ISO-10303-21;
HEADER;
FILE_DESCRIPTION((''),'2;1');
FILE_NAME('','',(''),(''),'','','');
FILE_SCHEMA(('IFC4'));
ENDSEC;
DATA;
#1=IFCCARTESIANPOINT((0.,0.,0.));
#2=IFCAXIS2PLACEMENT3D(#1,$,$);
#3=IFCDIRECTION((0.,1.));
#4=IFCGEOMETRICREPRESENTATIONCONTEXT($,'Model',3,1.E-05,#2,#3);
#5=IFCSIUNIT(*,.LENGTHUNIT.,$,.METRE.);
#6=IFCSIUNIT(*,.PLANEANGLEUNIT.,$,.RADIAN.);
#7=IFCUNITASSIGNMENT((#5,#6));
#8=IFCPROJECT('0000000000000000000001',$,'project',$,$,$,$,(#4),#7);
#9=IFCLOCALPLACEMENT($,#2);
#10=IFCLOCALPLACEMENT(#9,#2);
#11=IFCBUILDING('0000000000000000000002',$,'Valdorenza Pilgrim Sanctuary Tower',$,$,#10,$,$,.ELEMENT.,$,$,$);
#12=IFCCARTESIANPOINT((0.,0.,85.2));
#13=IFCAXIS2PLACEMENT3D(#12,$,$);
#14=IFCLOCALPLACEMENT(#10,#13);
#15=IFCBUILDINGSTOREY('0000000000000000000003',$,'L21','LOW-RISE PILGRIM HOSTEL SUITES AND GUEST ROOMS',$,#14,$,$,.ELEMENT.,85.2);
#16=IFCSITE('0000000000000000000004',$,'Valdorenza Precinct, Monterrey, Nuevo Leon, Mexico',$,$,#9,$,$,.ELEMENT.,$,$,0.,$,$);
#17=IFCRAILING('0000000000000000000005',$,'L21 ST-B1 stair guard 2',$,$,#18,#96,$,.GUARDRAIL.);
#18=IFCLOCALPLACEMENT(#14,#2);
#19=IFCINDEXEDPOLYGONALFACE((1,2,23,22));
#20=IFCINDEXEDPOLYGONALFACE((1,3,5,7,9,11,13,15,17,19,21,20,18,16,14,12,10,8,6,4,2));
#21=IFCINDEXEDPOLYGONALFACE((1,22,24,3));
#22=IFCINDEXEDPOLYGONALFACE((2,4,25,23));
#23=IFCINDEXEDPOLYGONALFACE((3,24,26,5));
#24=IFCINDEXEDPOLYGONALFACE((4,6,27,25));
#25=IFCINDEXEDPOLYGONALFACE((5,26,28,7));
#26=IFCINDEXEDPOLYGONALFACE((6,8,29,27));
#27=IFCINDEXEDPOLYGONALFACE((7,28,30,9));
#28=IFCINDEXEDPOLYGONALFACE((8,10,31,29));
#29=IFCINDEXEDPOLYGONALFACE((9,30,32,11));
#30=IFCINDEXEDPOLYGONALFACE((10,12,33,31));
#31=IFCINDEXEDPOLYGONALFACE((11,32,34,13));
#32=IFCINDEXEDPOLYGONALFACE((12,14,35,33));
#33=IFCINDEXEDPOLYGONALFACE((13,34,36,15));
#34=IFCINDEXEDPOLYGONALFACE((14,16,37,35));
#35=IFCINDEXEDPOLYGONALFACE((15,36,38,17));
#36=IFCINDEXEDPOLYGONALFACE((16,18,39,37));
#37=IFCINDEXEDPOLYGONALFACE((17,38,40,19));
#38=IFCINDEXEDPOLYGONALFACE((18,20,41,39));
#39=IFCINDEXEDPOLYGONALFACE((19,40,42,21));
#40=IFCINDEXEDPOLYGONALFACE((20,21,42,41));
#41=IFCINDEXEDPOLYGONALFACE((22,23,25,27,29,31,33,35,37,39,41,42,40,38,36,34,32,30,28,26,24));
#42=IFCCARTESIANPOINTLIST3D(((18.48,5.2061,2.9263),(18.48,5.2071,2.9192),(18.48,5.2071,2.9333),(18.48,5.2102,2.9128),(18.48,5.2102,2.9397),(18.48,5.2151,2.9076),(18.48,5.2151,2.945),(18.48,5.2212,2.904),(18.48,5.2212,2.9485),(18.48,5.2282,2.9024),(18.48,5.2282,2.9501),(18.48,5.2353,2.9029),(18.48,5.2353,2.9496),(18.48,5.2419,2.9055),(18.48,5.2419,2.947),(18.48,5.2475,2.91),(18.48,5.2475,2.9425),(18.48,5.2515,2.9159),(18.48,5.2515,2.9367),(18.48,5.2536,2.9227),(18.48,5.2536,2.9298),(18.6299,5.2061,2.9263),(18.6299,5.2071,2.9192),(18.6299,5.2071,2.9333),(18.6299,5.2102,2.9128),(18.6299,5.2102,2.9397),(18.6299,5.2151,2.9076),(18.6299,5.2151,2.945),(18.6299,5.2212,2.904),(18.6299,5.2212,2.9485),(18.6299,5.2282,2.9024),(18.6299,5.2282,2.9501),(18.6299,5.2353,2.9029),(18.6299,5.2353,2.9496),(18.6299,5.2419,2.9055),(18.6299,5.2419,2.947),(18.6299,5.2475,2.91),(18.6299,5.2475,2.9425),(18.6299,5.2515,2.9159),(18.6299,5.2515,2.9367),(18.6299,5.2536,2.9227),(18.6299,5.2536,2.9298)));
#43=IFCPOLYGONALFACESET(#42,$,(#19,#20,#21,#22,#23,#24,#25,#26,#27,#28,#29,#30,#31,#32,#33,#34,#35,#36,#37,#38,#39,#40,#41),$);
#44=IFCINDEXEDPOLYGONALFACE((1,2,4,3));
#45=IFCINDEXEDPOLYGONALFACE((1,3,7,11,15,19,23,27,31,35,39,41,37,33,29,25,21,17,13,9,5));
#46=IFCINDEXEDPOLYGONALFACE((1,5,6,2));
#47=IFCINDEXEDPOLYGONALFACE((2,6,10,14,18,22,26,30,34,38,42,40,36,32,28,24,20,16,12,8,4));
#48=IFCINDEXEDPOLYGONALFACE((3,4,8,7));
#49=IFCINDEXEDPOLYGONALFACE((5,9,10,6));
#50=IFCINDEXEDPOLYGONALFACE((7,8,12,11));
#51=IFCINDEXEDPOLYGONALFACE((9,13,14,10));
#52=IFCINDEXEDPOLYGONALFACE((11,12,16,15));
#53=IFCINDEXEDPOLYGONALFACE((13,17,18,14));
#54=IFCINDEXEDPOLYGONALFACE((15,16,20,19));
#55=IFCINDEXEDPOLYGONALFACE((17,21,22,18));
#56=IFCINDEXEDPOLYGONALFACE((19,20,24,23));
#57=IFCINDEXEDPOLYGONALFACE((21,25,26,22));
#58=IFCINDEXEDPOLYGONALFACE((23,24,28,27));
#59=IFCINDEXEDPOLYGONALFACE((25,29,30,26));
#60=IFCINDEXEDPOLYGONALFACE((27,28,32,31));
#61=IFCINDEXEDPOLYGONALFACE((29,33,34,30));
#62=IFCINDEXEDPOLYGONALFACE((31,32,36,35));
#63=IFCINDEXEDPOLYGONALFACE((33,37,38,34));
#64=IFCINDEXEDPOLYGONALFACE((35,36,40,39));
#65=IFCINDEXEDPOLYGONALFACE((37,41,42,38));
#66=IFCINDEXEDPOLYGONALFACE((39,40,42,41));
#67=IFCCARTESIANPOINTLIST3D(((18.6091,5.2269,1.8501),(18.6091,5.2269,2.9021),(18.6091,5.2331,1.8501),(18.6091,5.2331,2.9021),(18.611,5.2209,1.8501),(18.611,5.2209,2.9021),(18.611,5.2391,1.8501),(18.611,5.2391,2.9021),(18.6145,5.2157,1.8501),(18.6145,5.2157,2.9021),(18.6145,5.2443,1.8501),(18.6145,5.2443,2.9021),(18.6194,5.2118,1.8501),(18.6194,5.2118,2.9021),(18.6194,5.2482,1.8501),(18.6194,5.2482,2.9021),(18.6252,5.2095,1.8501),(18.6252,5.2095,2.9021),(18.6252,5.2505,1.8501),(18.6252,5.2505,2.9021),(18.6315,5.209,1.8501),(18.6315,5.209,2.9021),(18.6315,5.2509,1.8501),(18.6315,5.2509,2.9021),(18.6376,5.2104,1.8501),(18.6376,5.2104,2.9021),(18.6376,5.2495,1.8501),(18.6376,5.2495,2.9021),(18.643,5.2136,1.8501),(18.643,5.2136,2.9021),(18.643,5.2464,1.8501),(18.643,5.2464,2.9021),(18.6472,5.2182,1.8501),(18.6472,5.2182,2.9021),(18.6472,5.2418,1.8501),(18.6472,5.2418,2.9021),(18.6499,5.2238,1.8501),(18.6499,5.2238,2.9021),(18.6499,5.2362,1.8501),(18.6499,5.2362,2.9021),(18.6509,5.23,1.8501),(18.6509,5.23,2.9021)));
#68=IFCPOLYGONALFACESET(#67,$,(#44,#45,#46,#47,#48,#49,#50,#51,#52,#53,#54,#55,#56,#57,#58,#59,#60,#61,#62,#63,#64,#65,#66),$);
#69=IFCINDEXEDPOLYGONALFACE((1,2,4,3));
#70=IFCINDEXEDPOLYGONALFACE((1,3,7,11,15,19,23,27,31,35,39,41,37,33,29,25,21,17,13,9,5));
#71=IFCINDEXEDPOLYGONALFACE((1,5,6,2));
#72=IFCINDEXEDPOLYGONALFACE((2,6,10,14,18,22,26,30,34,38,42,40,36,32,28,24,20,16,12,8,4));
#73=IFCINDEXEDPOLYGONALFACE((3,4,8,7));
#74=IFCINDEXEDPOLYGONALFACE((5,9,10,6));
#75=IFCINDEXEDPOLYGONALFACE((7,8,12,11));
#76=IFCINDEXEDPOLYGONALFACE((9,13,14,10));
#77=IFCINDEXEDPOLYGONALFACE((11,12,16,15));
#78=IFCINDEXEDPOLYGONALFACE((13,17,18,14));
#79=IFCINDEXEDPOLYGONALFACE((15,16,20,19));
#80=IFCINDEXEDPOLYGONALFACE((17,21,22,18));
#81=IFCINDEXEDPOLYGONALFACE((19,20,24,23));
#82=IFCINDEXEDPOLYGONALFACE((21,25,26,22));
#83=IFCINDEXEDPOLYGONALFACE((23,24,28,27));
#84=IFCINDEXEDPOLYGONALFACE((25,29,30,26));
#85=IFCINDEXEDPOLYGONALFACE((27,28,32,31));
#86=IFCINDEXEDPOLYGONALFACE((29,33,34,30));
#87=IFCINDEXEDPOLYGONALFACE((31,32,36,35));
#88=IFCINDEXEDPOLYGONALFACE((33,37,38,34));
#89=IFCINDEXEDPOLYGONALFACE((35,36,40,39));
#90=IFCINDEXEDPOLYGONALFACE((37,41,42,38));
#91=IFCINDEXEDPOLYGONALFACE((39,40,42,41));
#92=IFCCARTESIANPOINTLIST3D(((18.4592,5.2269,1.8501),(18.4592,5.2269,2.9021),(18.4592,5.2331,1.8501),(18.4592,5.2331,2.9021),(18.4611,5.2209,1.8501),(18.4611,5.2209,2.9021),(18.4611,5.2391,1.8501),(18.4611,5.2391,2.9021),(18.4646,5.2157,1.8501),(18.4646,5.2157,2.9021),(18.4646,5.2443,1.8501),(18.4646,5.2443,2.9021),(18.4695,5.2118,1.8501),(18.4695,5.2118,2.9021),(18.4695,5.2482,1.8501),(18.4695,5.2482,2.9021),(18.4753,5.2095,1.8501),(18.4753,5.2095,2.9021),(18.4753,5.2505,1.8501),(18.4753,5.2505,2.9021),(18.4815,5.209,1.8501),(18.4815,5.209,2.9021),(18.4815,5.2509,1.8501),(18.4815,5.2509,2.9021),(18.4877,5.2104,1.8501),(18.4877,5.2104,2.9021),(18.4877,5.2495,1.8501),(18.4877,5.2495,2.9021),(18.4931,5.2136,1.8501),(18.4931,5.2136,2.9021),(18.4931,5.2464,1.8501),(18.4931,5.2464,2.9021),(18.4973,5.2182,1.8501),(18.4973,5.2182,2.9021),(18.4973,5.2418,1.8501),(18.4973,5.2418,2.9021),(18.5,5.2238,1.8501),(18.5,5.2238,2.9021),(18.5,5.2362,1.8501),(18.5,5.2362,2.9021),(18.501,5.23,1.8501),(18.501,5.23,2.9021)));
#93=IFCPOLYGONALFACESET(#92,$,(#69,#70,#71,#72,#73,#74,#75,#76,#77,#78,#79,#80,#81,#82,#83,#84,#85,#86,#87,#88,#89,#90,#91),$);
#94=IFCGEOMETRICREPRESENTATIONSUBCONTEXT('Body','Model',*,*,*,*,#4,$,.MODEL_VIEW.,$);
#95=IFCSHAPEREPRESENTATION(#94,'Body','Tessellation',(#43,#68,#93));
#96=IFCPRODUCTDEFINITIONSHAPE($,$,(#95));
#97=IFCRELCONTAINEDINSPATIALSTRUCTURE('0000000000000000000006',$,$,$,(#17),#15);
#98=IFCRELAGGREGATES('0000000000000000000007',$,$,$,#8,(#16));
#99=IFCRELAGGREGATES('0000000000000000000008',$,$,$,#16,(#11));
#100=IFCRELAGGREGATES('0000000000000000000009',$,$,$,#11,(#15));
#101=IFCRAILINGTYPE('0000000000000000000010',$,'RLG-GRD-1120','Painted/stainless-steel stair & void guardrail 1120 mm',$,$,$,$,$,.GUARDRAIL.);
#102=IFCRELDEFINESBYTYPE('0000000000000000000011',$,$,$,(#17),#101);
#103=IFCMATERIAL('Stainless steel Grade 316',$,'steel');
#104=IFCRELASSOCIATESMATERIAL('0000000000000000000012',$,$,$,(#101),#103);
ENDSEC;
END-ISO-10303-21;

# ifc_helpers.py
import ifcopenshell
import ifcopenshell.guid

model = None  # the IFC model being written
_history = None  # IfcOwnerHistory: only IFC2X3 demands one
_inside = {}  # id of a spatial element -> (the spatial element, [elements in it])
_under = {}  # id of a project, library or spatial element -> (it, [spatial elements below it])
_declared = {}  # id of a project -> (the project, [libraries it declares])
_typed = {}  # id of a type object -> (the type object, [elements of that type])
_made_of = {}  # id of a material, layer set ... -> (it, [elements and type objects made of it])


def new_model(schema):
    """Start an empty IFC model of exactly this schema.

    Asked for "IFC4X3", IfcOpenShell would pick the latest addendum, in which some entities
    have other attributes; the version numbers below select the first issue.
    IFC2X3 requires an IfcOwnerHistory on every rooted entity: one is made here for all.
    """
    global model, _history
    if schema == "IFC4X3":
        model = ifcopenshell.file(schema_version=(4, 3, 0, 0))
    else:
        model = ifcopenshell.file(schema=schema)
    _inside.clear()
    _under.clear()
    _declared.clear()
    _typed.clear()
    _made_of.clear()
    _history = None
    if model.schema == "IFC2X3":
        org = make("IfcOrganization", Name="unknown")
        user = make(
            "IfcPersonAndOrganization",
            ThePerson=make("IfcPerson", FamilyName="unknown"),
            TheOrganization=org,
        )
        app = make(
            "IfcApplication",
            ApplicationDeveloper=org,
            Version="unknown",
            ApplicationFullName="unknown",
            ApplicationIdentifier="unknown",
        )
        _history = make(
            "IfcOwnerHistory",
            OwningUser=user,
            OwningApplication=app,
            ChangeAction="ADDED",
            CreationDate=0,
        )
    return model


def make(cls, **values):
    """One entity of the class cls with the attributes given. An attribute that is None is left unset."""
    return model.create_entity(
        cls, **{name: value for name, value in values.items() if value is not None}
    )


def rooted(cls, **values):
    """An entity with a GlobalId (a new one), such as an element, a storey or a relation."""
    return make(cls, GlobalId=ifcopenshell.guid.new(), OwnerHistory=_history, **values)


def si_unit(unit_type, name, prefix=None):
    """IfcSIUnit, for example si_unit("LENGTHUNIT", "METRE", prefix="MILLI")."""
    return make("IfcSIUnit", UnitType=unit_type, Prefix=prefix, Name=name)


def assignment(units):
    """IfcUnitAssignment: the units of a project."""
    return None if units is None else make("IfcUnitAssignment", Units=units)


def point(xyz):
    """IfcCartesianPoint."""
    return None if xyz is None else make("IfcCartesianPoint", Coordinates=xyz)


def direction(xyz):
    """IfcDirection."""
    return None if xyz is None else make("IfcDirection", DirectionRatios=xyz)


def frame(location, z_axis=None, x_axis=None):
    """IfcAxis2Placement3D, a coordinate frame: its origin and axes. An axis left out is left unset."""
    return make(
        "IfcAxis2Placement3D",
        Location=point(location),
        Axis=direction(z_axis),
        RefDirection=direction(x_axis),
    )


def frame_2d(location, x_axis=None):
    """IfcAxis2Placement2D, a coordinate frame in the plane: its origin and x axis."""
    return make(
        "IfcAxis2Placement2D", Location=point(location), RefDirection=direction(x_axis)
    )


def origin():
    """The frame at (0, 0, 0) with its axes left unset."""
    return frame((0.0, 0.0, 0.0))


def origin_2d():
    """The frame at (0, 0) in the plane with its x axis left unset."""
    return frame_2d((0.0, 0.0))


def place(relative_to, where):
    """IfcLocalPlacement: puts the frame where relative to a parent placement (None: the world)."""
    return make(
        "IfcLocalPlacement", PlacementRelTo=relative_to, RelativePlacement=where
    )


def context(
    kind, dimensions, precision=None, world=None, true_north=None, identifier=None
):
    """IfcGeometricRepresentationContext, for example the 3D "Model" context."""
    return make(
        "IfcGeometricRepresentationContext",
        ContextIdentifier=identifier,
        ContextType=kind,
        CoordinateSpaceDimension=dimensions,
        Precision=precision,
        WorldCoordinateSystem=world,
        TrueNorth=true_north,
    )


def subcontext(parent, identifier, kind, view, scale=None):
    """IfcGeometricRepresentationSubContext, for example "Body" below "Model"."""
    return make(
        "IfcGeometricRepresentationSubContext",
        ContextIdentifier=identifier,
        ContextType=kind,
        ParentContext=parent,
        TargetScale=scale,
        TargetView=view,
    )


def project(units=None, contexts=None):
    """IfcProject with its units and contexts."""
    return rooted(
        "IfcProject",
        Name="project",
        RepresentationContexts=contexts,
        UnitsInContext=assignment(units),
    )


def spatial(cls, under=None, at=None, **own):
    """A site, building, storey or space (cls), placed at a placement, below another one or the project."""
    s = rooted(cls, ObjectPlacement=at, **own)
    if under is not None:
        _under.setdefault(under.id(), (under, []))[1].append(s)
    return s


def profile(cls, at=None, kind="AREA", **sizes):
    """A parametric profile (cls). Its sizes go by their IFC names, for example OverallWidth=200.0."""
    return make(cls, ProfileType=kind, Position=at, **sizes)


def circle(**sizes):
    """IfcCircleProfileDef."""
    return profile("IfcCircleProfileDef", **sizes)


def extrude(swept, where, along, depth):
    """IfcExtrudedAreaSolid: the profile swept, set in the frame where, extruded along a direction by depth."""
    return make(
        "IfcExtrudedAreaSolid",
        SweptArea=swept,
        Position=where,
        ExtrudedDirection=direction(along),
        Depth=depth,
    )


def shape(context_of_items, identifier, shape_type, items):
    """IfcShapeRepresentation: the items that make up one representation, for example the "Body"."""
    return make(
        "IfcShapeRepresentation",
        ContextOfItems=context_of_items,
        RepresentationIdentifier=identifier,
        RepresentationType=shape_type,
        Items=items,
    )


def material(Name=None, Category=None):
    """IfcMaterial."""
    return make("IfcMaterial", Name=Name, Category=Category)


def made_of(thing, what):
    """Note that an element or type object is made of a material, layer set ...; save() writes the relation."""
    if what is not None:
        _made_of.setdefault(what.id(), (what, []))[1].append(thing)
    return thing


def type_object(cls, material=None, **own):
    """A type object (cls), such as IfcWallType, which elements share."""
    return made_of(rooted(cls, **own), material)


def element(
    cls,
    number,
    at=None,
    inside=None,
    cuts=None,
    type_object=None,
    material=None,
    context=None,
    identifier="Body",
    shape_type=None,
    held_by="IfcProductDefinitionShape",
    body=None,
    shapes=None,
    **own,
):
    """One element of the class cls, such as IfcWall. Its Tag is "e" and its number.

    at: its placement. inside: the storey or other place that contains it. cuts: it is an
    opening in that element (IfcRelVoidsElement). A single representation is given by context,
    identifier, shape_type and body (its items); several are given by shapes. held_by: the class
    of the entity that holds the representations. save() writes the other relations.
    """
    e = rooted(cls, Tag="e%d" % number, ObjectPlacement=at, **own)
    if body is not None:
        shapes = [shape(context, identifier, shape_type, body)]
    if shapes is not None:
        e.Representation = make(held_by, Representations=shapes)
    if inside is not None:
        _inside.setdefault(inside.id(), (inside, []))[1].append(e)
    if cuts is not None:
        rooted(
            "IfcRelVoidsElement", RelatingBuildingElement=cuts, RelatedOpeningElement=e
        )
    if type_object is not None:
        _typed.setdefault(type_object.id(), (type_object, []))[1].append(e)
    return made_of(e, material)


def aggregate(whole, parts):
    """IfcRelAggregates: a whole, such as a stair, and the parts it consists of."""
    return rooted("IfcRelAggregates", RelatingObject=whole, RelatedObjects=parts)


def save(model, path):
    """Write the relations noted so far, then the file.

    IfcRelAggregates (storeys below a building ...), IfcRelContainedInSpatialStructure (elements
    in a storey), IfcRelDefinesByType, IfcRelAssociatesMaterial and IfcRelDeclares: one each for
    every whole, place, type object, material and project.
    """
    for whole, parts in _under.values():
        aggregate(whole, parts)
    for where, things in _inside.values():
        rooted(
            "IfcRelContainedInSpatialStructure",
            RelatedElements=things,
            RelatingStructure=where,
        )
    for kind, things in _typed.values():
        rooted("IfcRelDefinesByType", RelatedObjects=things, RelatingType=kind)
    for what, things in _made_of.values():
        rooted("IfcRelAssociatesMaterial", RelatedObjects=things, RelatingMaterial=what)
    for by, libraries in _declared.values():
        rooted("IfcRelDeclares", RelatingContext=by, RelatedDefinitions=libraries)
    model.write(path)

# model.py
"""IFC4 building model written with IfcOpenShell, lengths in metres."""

from ifc_helpers import new_model, si_unit, direction, frame, origin, origin_2d, place, context, subcontext, project, spatial, circle, extrude, material, type_object, element, save


model = new_model("IFC4")

# Units and contexts
model_context = context("Model", 3, precision=1e-05, world=origin(), true_north=direction((0.0, 1.0)))
body_context = subcontext(model_context, "Body", "Model", "MODEL_VIEW")
ifc_project = project(units=[si_unit("LENGTHUNIT", "METRE"), si_unit("PLANEANGLEUNIT", "RADIAN")], contexts=[model_context])

# Site, building, storey
site_placement = place(None, origin())
site = spatial("IfcSite", under=ifc_project, at=site_placement, Name="Valdorenza Precinct, Monterrey, Nuevo Leon, Mexico", CompositionType="ELEMENT", RefElevation=0.0)
building_placement = place(site_placement, origin())
building = spatial("IfcBuilding", under=site, at=building_placement, Name="Valdorenza Pilgrim Sanctuary Tower", CompositionType="ELEMENT")
storey_placement = place(building_placement, frame((0.0, 0.0, 85.2)))
storey = spatial("IfcBuildingStorey", under=building, at=storey_placement, Name="L21", Description="LOW-RISE PILGRIM HOSTEL SUITES AND GUEST ROOMS", CompositionType="ELEMENT", Elevation=85.2)

# Railing
ifc_material_1 = material(Name="Stainless steel Grade 316", Category="steel")
railing_type_1 = type_object("IfcRailingType", Name="RLG-GRD-1120", Description="Painted/stainless-steel stair & void guardrail 1120 mm", PredefinedType="GUARDRAIL", material=ifc_material_1)
railing_1_placement = place(storey_placement, frame((18.6299, 5.23, 1.8501)))
element("IfcRailing", 1, at=railing_1_placement, inside=storey, type_object=railing_type_1, Name="L21 ST-B1 stair guard 2", PredefinedType="GUARDRAIL", context=body_context, shape_type="SweptSolid", body=[
    extrude(circle(Radius=0.0239, at=origin_2d()), frame((0.0, 0.0, 1.0762), z_axis=(-1.0, 0.0, 0.0), x_axis=(0.0, -1.0, 0.0)), (0.0, 0.0, 1.0), 0.1499),
    extrude(circle(Radius=0.021, at=origin_2d()), origin(), (0.0, 0.0, 1.0), 1.052),
    extrude(circle(Radius=0.021, at=origin_2d()), frame((-0.1499, 0.0, 0.0)), (0.0, 0.0, 1.0), 1.052),
])

save(model, "model.ifc")
